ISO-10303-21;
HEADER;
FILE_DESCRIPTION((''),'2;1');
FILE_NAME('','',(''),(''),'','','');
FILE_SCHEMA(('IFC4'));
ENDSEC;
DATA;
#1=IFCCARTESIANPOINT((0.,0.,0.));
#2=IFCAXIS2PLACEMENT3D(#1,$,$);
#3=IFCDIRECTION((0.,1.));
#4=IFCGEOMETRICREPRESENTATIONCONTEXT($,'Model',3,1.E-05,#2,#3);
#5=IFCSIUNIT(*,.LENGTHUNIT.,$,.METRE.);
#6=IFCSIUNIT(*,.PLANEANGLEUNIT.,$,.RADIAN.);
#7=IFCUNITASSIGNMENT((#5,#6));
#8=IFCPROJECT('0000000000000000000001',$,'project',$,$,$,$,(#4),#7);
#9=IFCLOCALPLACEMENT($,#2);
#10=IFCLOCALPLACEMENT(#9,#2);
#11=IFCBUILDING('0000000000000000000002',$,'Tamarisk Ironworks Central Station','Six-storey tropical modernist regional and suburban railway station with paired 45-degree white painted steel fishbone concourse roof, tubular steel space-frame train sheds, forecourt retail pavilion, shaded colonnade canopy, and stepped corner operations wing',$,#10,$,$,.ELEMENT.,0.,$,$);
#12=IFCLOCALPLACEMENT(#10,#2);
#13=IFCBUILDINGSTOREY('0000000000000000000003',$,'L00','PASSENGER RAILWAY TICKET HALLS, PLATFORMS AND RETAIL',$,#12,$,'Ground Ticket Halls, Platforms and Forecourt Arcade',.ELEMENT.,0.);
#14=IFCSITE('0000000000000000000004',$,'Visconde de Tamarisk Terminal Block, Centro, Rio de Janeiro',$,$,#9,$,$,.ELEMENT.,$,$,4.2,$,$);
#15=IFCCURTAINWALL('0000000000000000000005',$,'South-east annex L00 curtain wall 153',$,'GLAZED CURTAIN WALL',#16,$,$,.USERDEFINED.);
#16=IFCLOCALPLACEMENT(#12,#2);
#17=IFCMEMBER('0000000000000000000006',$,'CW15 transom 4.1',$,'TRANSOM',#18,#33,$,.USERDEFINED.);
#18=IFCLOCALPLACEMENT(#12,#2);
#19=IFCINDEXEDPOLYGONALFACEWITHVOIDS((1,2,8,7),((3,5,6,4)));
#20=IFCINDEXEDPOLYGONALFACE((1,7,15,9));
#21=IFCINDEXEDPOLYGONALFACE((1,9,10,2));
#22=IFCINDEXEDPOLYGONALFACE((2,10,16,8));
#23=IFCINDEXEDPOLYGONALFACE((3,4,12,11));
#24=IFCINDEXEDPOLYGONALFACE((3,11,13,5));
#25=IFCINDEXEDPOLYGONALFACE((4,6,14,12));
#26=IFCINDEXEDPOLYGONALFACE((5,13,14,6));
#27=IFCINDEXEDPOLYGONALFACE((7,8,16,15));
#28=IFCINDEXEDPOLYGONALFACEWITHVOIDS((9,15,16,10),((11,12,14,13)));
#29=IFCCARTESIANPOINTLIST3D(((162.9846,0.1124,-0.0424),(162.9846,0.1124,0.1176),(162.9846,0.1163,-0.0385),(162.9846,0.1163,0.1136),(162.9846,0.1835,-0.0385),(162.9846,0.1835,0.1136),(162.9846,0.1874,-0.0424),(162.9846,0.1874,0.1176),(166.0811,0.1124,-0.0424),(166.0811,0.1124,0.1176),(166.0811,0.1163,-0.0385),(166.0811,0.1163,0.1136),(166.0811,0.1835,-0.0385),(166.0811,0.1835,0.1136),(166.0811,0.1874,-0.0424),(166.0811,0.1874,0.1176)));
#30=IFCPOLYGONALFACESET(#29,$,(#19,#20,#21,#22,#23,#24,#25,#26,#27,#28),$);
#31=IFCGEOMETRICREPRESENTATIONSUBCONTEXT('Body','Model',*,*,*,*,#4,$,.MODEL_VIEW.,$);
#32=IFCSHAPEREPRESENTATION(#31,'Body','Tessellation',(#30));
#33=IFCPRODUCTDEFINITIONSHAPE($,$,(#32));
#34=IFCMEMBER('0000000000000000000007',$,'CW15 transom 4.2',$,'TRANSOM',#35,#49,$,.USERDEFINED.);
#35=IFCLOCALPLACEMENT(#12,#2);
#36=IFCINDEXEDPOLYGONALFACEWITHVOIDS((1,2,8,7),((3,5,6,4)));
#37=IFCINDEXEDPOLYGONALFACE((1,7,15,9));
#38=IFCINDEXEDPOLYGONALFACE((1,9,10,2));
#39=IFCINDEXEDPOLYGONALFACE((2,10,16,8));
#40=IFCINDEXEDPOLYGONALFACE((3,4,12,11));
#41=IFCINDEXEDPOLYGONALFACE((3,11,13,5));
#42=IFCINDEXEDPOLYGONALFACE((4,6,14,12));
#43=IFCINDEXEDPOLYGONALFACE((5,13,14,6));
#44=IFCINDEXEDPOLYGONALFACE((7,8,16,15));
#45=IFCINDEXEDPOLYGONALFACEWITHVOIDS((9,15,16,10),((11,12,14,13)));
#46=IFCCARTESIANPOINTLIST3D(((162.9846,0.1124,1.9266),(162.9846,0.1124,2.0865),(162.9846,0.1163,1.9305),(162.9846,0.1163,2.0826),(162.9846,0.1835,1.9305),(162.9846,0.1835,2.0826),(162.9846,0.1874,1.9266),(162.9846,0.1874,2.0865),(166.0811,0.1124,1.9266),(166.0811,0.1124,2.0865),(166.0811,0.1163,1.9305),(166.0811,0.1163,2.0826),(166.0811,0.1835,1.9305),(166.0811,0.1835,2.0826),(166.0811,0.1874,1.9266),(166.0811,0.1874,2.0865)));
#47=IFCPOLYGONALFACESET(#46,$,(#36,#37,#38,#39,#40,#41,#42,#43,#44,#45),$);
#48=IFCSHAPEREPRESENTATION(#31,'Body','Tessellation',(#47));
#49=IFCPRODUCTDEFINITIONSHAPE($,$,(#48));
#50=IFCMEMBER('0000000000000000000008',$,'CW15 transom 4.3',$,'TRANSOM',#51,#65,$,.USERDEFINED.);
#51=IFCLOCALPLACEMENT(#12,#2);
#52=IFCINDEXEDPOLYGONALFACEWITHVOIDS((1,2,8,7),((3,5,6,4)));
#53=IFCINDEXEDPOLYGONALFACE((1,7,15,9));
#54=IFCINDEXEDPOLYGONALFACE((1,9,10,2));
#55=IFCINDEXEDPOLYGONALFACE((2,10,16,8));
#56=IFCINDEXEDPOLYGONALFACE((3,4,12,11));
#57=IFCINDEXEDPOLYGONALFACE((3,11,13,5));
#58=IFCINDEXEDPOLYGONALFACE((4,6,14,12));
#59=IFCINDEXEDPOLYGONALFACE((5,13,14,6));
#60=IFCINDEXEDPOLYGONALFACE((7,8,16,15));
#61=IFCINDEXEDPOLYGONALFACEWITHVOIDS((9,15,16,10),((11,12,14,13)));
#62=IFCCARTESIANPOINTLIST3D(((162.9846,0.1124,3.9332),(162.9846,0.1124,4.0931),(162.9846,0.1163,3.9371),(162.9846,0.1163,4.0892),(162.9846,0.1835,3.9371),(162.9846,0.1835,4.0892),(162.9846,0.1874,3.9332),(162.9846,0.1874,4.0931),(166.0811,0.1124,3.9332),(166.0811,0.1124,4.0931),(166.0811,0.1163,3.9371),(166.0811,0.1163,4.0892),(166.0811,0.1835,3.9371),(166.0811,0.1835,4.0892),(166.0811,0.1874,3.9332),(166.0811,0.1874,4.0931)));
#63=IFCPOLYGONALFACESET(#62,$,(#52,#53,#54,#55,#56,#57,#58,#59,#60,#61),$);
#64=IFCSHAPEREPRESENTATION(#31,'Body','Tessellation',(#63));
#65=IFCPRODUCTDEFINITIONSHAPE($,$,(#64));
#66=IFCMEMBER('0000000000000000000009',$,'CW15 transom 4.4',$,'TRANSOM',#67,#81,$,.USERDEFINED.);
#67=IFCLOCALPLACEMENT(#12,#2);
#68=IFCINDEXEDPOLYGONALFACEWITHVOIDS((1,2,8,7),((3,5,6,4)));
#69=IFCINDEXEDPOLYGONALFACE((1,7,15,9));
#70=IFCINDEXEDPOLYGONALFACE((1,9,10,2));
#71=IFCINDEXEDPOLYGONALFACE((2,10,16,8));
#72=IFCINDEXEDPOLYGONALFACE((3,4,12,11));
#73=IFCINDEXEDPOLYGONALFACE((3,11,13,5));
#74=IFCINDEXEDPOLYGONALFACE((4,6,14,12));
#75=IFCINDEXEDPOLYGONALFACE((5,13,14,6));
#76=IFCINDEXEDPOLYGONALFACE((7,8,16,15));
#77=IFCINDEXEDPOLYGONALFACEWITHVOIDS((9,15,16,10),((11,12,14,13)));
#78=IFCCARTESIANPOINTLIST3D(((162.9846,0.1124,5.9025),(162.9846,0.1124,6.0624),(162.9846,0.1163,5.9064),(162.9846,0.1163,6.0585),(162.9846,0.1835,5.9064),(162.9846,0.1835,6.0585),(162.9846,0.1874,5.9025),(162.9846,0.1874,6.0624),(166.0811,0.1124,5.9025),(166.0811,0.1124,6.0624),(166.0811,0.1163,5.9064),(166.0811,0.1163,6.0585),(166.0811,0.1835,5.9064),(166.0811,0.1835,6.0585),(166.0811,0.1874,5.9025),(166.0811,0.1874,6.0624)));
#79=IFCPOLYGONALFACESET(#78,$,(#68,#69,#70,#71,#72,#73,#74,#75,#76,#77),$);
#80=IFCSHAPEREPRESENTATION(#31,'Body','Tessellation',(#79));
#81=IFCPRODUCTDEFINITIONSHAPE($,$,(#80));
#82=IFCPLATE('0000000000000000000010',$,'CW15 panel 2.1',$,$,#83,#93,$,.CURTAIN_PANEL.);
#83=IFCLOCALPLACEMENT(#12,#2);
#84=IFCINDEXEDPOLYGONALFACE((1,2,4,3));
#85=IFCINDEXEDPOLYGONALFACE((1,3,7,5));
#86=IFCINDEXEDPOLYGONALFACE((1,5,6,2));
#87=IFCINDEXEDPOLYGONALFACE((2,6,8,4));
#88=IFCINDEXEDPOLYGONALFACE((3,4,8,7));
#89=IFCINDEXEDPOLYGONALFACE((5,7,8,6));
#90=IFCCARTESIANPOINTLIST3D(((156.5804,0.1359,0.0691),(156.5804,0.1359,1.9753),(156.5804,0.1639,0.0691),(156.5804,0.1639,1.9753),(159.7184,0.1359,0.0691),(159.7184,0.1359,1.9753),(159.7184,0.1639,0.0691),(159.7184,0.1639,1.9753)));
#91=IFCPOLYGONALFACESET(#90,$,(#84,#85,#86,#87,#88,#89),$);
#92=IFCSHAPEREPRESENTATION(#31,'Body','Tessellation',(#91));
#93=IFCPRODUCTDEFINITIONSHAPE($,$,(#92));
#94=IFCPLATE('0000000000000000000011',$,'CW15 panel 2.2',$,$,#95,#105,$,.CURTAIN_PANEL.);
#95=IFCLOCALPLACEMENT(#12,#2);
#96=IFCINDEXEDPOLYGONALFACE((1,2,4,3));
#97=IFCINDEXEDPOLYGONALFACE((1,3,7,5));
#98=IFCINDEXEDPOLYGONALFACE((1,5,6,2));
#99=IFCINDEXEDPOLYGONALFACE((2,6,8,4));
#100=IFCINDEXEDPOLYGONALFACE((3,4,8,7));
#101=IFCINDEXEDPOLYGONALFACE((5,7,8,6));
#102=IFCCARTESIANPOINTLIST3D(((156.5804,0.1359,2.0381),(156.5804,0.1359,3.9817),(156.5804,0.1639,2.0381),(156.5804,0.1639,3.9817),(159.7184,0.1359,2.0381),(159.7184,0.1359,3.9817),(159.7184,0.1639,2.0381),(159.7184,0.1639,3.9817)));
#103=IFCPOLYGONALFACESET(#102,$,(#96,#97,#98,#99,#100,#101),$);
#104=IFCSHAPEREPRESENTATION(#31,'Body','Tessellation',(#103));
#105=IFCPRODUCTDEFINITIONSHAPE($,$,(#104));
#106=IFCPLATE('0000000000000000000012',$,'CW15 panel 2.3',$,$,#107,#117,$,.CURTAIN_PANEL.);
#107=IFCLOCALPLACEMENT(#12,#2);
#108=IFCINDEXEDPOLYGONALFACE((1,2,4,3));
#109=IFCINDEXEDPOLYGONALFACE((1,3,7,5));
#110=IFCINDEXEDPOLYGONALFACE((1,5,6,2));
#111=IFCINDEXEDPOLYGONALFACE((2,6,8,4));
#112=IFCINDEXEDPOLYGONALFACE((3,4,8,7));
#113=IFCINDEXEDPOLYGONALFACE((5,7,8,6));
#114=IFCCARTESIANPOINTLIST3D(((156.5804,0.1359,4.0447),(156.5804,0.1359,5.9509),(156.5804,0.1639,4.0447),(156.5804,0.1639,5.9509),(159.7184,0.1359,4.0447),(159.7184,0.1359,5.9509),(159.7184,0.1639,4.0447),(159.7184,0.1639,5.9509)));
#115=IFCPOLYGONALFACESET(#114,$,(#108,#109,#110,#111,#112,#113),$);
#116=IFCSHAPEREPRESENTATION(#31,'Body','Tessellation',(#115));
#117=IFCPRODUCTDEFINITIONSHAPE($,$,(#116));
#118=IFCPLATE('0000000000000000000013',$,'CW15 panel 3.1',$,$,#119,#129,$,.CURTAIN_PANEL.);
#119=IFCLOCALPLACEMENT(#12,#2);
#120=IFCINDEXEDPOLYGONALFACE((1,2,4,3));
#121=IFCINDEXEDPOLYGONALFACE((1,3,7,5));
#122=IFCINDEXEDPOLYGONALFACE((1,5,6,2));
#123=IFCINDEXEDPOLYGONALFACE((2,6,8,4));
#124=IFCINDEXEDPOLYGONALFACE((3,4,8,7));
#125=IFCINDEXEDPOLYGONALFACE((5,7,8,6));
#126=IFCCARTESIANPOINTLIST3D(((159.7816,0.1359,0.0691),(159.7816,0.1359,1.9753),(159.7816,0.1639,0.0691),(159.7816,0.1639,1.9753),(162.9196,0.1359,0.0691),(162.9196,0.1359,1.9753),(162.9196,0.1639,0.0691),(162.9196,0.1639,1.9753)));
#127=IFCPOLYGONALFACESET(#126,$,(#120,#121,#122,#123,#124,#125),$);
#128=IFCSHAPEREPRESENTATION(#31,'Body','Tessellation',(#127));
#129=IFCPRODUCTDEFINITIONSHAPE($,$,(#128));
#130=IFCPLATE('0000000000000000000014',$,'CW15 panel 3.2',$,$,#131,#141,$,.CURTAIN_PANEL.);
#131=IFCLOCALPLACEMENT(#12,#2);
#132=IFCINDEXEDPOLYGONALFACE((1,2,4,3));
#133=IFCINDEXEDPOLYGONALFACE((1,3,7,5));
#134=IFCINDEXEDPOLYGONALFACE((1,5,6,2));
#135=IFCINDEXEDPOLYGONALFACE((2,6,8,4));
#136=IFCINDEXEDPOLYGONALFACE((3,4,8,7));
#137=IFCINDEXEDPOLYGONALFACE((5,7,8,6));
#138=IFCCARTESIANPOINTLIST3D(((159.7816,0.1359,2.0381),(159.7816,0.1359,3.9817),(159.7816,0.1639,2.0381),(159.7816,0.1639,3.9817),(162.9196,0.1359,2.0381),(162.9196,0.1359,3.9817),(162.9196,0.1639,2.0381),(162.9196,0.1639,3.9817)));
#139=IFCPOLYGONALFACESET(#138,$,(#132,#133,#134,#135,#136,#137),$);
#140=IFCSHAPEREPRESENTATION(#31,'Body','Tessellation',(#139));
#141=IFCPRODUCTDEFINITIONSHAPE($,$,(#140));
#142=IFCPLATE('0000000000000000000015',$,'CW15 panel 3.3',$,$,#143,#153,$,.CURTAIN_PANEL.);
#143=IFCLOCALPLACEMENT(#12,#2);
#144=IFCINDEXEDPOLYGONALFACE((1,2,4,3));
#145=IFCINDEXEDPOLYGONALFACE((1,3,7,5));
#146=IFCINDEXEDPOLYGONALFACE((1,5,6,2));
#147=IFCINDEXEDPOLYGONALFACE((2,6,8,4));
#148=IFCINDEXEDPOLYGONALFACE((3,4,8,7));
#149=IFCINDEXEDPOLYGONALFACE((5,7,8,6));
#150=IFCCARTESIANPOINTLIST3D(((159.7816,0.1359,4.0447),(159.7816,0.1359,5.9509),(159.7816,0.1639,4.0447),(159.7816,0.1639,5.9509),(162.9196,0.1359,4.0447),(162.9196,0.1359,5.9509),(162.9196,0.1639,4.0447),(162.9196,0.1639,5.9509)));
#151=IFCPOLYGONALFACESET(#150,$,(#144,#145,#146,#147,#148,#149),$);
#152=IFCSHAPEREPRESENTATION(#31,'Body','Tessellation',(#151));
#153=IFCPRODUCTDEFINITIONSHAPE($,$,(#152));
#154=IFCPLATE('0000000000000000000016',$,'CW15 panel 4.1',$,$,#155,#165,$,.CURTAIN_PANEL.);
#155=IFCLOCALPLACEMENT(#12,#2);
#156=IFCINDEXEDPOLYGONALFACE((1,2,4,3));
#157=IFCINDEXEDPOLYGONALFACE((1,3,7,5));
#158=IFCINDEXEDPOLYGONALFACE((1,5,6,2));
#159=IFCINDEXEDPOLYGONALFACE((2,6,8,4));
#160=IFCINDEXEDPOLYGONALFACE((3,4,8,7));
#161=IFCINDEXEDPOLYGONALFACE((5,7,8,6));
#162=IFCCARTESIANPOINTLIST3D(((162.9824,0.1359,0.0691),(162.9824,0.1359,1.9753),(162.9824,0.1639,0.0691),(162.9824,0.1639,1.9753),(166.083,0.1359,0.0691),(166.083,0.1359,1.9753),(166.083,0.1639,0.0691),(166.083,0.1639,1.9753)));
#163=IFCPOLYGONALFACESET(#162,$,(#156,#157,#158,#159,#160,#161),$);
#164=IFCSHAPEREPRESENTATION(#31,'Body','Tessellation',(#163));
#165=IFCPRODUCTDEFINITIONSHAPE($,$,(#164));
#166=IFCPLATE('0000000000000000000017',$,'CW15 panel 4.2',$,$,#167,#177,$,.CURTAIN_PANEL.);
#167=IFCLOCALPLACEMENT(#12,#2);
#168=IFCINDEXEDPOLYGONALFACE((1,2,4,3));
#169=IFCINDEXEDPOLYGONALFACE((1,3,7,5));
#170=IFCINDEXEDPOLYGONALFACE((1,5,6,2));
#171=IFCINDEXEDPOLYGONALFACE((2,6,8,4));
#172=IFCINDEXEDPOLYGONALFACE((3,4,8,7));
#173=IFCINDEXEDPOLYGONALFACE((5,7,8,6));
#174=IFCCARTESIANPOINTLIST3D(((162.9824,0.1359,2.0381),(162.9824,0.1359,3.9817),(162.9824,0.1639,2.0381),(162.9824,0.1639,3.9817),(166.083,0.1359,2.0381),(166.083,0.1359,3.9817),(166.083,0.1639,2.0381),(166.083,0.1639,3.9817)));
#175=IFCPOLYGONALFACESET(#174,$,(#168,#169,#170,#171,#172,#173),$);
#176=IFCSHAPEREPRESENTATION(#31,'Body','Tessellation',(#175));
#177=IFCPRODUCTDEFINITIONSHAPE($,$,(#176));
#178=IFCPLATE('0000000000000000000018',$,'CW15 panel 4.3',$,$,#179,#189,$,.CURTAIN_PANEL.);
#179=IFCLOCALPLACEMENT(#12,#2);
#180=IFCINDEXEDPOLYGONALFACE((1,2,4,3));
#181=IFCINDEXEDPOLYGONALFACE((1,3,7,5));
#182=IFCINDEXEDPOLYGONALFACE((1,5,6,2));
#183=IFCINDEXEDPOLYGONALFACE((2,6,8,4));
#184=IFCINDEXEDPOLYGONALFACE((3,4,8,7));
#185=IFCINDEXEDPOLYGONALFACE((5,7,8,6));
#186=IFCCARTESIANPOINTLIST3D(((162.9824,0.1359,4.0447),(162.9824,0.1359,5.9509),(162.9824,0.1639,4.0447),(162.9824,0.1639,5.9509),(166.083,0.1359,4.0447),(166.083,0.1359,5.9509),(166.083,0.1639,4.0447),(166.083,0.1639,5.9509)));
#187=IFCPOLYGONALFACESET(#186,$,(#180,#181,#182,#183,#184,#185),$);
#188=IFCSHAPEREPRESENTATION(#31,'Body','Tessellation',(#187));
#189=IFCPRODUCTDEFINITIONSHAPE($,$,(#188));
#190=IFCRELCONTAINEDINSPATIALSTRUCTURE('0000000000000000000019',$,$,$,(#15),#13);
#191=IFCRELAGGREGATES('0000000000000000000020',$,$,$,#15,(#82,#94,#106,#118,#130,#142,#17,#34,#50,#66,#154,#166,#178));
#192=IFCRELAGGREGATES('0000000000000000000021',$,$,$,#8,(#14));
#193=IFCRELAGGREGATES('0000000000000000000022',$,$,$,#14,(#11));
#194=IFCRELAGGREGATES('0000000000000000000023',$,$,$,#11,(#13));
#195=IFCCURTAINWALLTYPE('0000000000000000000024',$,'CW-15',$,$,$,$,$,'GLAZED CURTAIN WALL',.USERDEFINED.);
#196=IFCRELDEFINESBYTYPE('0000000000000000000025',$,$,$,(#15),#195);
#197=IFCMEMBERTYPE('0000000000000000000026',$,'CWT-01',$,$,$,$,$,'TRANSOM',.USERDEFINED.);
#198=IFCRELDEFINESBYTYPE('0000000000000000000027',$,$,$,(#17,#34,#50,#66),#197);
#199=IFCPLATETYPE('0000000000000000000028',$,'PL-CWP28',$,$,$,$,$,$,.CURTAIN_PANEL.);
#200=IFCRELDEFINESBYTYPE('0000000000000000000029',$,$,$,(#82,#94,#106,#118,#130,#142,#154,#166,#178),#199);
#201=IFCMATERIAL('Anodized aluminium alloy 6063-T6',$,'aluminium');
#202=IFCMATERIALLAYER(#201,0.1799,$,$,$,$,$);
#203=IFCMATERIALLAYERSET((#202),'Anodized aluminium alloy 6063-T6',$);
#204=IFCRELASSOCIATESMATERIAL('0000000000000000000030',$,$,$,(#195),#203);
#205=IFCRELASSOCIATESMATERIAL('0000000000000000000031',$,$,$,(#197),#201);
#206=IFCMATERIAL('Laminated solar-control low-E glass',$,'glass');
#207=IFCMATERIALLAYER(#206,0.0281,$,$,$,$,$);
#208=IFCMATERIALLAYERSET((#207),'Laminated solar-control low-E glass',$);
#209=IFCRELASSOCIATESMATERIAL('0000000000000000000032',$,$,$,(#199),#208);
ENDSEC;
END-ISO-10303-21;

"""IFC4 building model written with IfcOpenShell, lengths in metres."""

from ifc_helpers import new_model, si_unit, direction, frame, origin, origin_2d, place, context, subcontext, project, spatial, rectangle, hollow_rectangle, extrude, material, layer, layer_set, material_profile, profile_set, type_object, element, aggregate, save


model = new_model("IFC4")

# Units and contexts
model_context = context("Model", 3, precision=1e-05, world=origin(), true_north=direction((0.0, 1.0)))
body_context = subcontext(model_context, "Body", "Model", "MODEL_VIEW")
ifc_project = project(units=[si_unit("LENGTHUNIT", "METRE"), si_unit("PLANEANGLEUNIT", "RADIAN")], contexts=[model_context])

# Site, building, storey
site_placement = place(None, origin())
site = spatial("IfcSite", under=ifc_project, at=site_placement, Name="Visconde de Tamarisk Terminal Block, Centro, Rio de Janeiro", CompositionType="ELEMENT", RefElevation=4.2)
building_placement = place(site_placement, origin())
building = spatial("IfcBuilding", under=site, at=building_placement, Name="Tamarisk Ironworks Central Station", Description="Six-storey tropical modernist regional and suburban railway station with paired 45-degree white painted steel fishbone concourse roof, tubular steel space-frame train sheds, forecourt retail pavilion, shaded colonnade canopy, and stepped corner operations wing", CompositionType="ELEMENT", ElevationOfRefHeight=0.0)
storey_placement = place(building_placement, origin())
storey = spatial("IfcBuildingStorey", under=building, at=storey_placement, Name="L00", Description="PASSENGER RAILWAY TICKET HALLS, PLATFORMS AND RETAIL", LongName="Ground Ticket Halls, Platforms and Forecourt Arcade", CompositionType="ELEMENT", Elevation=0.0)

# Curtain wall, members, plates
ifc_material_1 = material(Name="Anodized aluminium alloy 6063-T6", Category="aluminium")
ifc_layer_1 = layer(ifc_material_1, 0.1799)
ifc_layer_set_1 = layer_set([ifc_layer_1], Name="Anodized aluminium alloy 6063-T6")
curtain_wall_type = type_object("IfcCurtainWallType", Name="CW-15", ElementType="GLAZED CURTAIN WALL", PredefinedType="USERDEFINED", material=ifc_layer_set_1)
curtain_wall_placement = place(storey_placement, origin())
curtain_wall = element("IfcCurtainWall", 1, at=curtain_wall_placement, inside=storey, type_object=curtain_wall_type, Name="South-east annex L00 curtain wall 153", ObjectType="GLAZED CURTAIN WALL", PredefinedType="USERDEFINED")
ifc_material_profile_1 = material_profile(ifc_material_1, hollow_rectangle(XDim=0.075, YDim=0.1599, WallThickness=0.0039, at=origin_2d()), Name="ALUM 160x75")
ifc_profile_set_1 = profile_set([ifc_material_profile_1], Name="Anodized aluminium alloy 6063-T6")
member_type_1 = type_object("IfcMemberType", Name="CWT-01", ElementType="TRANSOM", PredefinedType="USERDEFINED", material=ifc_profile_set_1)
member_1_placement = place(storey_placement, frame((162.9846, 0.1499, 0.0376), z_axis=(1.0, 0.0, 0.0), x_axis=(0.0, 1.0, 0.0)))
member_1 = element("IfcMember", 2, at=member_1_placement, type_object=member_type_1, Name="CW15 transom 4.1", ObjectType="TRANSOM", PredefinedType="USERDEFINED", context=body_context, shape_type="SweptSolid", body=[
    extrude(hollow_rectangle(XDim=0.075, YDim=0.1599, WallThickness=0.0039, at=origin_2d()), origin(), (0.0, 0.0, 1.0), 3.0964),
])
member_2_placement = place(storey_placement, frame((162.9846, 0.1499, 2.0066), z_axis=(1.0, 0.0, 0.0), x_axis=(0.0, 1.0, 0.0)))
member_2 = element("IfcMember", 3, at=member_2_placement, type_object=member_type_1, Name="CW15 transom 4.2", ObjectType="TRANSOM", PredefinedType="USERDEFINED", context=body_context, shape_type="SweptSolid", body=[
    extrude(hollow_rectangle(XDim=0.075, YDim=0.1599, WallThickness=0.0039, at=origin_2d()), origin(), (0.0, 0.0, 1.0), 3.0964),
])
member_3_placement = place(storey_placement, frame((162.9846, 0.1499, 4.0132), z_axis=(1.0, 0.0, 0.0), x_axis=(0.0, 1.0, 0.0)))
member_3 = element("IfcMember", 4, at=member_3_placement, type_object=member_type_1, Name="CW15 transom 4.3", ObjectType="TRANSOM", PredefinedType="USERDEFINED", context=body_context, shape_type="SweptSolid", body=[
    extrude(hollow_rectangle(XDim=0.075, YDim=0.1599, WallThickness=0.0039, at=origin_2d()), origin(), (0.0, 0.0, 1.0), 3.0964),
])
member_4_placement = place(storey_placement, frame((162.9846, 0.1499, 5.9824), z_axis=(1.0, 0.0, 0.0), x_axis=(0.0, 1.0, 0.0)))
member_4 = element("IfcMember", 5, at=member_4_placement, type_object=member_type_1, Name="CW15 transom 4.4", ObjectType="TRANSOM", PredefinedType="USERDEFINED", context=body_context, shape_type="SweptSolid", body=[
    extrude(hollow_rectangle(XDim=0.075, YDim=0.1599, WallThickness=0.0039, at=origin_2d()), origin(), (0.0, 0.0, 1.0), 3.0964),
])
ifc_material_2 = material(Name="Laminated solar-control low-E glass", Category="glass")
ifc_layer_2 = layer(ifc_material_2, 0.0281)
ifc_layer_set_2 = layer_set([ifc_layer_2], Name="Laminated solar-control low-E glass")
plate_type = type_object("IfcPlateType", Name="PL-CWP28", PredefinedType="CURTAIN_PANEL", material=ifc_layer_set_2)
plate_1_placement = place(storey_placement, frame((158.1494, 0.1499, 0.0691), z_axis=(0.0, 0.0, 1.0), x_axis=(1.0, 0.0, 0.0)))
plate_1 = element("IfcPlate", 6, at=plate_1_placement, type_object=plate_type, Name="CW15 panel 2.1", PredefinedType="CURTAIN_PANEL", context=body_context, shape_type="SweptSolid", body=[
    extrude(rectangle(XDim=3.1379, YDim=0.0281, at=origin_2d()), origin(), (0.0, 0.0, 1.0), 1.9062),
])
plate_2_placement = place(storey_placement, frame((158.1494, 0.1499, 2.0381), z_axis=(0.0, 0.0, 1.0), x_axis=(1.0, 0.0, 0.0)))
plate_2 = element("IfcPlate", 7, at=plate_2_placement, type_object=plate_type, Name="CW15 panel 2.2", PredefinedType="CURTAIN_PANEL", context=body_context, shape_type="SweptSolid", body=[
    extrude(rectangle(XDim=3.1379, YDim=0.0281, at=origin_2d()), origin(), (0.0, 0.0, 1.0), 1.9436),
])
plate_3_placement = place(storey_placement, frame((158.1494, 0.1499, 4.0447), z_axis=(0.0, 0.0, 1.0), x_axis=(1.0, 0.0, 0.0)))
plate_3 = element("IfcPlate", 8, at=plate_3_placement, type_object=plate_type, Name="CW15 panel 2.3", PredefinedType="CURTAIN_PANEL", context=body_context, shape_type="SweptSolid", body=[
    extrude(rectangle(XDim=3.1379, YDim=0.0281, at=origin_2d()), origin(), (0.0, 0.0, 1.0), 1.9062),
])
plate_4_placement = place(storey_placement, frame((161.3506, 0.1499, 0.0691), z_axis=(0.0, 0.0, 1.0), x_axis=(1.0, 0.0, 0.0)))
plate_4 = element("IfcPlate", 9, at=plate_4_placement, type_object=plate_type, Name="CW15 panel 3.1", PredefinedType="CURTAIN_PANEL", context=body_context, shape_type="SweptSolid", body=[
    extrude(rectangle(XDim=3.1379, YDim=0.0281, at=origin_2d()), origin(), (0.0, 0.0, 1.0), 1.9062),
])
plate_5_placement = place(storey_placement, frame((161.3506, 0.1499, 2.0381), z_axis=(0.0, 0.0, 1.0), x_axis=(1.0, 0.0, 0.0)))
plate_5 = element("IfcPlate", 10, at=plate_5_placement, type_object=plate_type, Name="CW15 panel 3.2", PredefinedType="CURTAIN_PANEL", context=body_context, shape_type="SweptSolid", body=[
    extrude(rectangle(XDim=3.1379, YDim=0.0281, at=origin_2d()), origin(), (0.0, 0.0, 1.0), 1.9436),
])
plate_6_placement = place(storey_placement, frame((161.3506, 0.1499, 4.0447), z_axis=(0.0, 0.0, 1.0), x_axis=(1.0, 0.0, 0.0)))
plate_6 = element("IfcPlate", 11, at=plate_6_placement, type_object=plate_type, Name="CW15 panel 3.3", PredefinedType="CURTAIN_PANEL", context=body_context, shape_type="SweptSolid", body=[
    extrude(rectangle(XDim=3.1379, YDim=0.0281, at=origin_2d()), origin(), (0.0, 0.0, 1.0), 1.9062),
])
plate_7_placement = place(storey_placement, frame((164.5327, 0.1499, 0.0691), z_axis=(0.0, 0.0, 1.0), x_axis=(1.0, 0.0, 0.0)))
plate_7 = element("IfcPlate", 12, at=plate_7_placement, type_object=plate_type, Name="CW15 panel 4.1", PredefinedType="CURTAIN_PANEL", context=body_context, shape_type="SweptSolid", body=[
    extrude(rectangle(XDim=3.1006, YDim=0.0281, at=origin_2d()), origin(), (0.0, 0.0, 1.0), 1.9062),
])
plate_8_placement = place(storey_placement, frame((164.5327, 0.1499, 2.0381), z_axis=(0.0, 0.0, 1.0), x_axis=(1.0, 0.0, 0.0)))
plate_8 = element("IfcPlate", 13, at=plate_8_placement, type_object=plate_type, Name="CW15 panel 4.2", PredefinedType="CURTAIN_PANEL", context=body_context, shape_type="SweptSolid", body=[
    extrude(rectangle(XDim=3.1006, YDim=0.0281, at=origin_2d()), origin(), (0.0, 0.0, 1.0), 1.9436),
])
plate_9_placement = place(storey_placement, frame((164.5327, 0.1499, 4.0447), z_axis=(0.0, 0.0, 1.0), x_axis=(1.0, 0.0, 0.0)))
plate_9 = element("IfcPlate", 14, at=plate_9_placement, type_object=plate_type, Name="CW15 panel 4.3", PredefinedType="CURTAIN_PANEL", context=body_context, shape_type="SweptSolid", body=[
    extrude(rectangle(XDim=3.1006, YDim=0.0281, at=origin_2d()), origin(), (0.0, 0.0, 1.0), 1.9062),
])
aggregate(curtain_wall, [plate_1, plate_2, plate_3, plate_4, plate_5, plate_6, member_1, member_2, member_3, member_4, plate_7, plate_8, plate_9])

save(model, "model.ifc")
